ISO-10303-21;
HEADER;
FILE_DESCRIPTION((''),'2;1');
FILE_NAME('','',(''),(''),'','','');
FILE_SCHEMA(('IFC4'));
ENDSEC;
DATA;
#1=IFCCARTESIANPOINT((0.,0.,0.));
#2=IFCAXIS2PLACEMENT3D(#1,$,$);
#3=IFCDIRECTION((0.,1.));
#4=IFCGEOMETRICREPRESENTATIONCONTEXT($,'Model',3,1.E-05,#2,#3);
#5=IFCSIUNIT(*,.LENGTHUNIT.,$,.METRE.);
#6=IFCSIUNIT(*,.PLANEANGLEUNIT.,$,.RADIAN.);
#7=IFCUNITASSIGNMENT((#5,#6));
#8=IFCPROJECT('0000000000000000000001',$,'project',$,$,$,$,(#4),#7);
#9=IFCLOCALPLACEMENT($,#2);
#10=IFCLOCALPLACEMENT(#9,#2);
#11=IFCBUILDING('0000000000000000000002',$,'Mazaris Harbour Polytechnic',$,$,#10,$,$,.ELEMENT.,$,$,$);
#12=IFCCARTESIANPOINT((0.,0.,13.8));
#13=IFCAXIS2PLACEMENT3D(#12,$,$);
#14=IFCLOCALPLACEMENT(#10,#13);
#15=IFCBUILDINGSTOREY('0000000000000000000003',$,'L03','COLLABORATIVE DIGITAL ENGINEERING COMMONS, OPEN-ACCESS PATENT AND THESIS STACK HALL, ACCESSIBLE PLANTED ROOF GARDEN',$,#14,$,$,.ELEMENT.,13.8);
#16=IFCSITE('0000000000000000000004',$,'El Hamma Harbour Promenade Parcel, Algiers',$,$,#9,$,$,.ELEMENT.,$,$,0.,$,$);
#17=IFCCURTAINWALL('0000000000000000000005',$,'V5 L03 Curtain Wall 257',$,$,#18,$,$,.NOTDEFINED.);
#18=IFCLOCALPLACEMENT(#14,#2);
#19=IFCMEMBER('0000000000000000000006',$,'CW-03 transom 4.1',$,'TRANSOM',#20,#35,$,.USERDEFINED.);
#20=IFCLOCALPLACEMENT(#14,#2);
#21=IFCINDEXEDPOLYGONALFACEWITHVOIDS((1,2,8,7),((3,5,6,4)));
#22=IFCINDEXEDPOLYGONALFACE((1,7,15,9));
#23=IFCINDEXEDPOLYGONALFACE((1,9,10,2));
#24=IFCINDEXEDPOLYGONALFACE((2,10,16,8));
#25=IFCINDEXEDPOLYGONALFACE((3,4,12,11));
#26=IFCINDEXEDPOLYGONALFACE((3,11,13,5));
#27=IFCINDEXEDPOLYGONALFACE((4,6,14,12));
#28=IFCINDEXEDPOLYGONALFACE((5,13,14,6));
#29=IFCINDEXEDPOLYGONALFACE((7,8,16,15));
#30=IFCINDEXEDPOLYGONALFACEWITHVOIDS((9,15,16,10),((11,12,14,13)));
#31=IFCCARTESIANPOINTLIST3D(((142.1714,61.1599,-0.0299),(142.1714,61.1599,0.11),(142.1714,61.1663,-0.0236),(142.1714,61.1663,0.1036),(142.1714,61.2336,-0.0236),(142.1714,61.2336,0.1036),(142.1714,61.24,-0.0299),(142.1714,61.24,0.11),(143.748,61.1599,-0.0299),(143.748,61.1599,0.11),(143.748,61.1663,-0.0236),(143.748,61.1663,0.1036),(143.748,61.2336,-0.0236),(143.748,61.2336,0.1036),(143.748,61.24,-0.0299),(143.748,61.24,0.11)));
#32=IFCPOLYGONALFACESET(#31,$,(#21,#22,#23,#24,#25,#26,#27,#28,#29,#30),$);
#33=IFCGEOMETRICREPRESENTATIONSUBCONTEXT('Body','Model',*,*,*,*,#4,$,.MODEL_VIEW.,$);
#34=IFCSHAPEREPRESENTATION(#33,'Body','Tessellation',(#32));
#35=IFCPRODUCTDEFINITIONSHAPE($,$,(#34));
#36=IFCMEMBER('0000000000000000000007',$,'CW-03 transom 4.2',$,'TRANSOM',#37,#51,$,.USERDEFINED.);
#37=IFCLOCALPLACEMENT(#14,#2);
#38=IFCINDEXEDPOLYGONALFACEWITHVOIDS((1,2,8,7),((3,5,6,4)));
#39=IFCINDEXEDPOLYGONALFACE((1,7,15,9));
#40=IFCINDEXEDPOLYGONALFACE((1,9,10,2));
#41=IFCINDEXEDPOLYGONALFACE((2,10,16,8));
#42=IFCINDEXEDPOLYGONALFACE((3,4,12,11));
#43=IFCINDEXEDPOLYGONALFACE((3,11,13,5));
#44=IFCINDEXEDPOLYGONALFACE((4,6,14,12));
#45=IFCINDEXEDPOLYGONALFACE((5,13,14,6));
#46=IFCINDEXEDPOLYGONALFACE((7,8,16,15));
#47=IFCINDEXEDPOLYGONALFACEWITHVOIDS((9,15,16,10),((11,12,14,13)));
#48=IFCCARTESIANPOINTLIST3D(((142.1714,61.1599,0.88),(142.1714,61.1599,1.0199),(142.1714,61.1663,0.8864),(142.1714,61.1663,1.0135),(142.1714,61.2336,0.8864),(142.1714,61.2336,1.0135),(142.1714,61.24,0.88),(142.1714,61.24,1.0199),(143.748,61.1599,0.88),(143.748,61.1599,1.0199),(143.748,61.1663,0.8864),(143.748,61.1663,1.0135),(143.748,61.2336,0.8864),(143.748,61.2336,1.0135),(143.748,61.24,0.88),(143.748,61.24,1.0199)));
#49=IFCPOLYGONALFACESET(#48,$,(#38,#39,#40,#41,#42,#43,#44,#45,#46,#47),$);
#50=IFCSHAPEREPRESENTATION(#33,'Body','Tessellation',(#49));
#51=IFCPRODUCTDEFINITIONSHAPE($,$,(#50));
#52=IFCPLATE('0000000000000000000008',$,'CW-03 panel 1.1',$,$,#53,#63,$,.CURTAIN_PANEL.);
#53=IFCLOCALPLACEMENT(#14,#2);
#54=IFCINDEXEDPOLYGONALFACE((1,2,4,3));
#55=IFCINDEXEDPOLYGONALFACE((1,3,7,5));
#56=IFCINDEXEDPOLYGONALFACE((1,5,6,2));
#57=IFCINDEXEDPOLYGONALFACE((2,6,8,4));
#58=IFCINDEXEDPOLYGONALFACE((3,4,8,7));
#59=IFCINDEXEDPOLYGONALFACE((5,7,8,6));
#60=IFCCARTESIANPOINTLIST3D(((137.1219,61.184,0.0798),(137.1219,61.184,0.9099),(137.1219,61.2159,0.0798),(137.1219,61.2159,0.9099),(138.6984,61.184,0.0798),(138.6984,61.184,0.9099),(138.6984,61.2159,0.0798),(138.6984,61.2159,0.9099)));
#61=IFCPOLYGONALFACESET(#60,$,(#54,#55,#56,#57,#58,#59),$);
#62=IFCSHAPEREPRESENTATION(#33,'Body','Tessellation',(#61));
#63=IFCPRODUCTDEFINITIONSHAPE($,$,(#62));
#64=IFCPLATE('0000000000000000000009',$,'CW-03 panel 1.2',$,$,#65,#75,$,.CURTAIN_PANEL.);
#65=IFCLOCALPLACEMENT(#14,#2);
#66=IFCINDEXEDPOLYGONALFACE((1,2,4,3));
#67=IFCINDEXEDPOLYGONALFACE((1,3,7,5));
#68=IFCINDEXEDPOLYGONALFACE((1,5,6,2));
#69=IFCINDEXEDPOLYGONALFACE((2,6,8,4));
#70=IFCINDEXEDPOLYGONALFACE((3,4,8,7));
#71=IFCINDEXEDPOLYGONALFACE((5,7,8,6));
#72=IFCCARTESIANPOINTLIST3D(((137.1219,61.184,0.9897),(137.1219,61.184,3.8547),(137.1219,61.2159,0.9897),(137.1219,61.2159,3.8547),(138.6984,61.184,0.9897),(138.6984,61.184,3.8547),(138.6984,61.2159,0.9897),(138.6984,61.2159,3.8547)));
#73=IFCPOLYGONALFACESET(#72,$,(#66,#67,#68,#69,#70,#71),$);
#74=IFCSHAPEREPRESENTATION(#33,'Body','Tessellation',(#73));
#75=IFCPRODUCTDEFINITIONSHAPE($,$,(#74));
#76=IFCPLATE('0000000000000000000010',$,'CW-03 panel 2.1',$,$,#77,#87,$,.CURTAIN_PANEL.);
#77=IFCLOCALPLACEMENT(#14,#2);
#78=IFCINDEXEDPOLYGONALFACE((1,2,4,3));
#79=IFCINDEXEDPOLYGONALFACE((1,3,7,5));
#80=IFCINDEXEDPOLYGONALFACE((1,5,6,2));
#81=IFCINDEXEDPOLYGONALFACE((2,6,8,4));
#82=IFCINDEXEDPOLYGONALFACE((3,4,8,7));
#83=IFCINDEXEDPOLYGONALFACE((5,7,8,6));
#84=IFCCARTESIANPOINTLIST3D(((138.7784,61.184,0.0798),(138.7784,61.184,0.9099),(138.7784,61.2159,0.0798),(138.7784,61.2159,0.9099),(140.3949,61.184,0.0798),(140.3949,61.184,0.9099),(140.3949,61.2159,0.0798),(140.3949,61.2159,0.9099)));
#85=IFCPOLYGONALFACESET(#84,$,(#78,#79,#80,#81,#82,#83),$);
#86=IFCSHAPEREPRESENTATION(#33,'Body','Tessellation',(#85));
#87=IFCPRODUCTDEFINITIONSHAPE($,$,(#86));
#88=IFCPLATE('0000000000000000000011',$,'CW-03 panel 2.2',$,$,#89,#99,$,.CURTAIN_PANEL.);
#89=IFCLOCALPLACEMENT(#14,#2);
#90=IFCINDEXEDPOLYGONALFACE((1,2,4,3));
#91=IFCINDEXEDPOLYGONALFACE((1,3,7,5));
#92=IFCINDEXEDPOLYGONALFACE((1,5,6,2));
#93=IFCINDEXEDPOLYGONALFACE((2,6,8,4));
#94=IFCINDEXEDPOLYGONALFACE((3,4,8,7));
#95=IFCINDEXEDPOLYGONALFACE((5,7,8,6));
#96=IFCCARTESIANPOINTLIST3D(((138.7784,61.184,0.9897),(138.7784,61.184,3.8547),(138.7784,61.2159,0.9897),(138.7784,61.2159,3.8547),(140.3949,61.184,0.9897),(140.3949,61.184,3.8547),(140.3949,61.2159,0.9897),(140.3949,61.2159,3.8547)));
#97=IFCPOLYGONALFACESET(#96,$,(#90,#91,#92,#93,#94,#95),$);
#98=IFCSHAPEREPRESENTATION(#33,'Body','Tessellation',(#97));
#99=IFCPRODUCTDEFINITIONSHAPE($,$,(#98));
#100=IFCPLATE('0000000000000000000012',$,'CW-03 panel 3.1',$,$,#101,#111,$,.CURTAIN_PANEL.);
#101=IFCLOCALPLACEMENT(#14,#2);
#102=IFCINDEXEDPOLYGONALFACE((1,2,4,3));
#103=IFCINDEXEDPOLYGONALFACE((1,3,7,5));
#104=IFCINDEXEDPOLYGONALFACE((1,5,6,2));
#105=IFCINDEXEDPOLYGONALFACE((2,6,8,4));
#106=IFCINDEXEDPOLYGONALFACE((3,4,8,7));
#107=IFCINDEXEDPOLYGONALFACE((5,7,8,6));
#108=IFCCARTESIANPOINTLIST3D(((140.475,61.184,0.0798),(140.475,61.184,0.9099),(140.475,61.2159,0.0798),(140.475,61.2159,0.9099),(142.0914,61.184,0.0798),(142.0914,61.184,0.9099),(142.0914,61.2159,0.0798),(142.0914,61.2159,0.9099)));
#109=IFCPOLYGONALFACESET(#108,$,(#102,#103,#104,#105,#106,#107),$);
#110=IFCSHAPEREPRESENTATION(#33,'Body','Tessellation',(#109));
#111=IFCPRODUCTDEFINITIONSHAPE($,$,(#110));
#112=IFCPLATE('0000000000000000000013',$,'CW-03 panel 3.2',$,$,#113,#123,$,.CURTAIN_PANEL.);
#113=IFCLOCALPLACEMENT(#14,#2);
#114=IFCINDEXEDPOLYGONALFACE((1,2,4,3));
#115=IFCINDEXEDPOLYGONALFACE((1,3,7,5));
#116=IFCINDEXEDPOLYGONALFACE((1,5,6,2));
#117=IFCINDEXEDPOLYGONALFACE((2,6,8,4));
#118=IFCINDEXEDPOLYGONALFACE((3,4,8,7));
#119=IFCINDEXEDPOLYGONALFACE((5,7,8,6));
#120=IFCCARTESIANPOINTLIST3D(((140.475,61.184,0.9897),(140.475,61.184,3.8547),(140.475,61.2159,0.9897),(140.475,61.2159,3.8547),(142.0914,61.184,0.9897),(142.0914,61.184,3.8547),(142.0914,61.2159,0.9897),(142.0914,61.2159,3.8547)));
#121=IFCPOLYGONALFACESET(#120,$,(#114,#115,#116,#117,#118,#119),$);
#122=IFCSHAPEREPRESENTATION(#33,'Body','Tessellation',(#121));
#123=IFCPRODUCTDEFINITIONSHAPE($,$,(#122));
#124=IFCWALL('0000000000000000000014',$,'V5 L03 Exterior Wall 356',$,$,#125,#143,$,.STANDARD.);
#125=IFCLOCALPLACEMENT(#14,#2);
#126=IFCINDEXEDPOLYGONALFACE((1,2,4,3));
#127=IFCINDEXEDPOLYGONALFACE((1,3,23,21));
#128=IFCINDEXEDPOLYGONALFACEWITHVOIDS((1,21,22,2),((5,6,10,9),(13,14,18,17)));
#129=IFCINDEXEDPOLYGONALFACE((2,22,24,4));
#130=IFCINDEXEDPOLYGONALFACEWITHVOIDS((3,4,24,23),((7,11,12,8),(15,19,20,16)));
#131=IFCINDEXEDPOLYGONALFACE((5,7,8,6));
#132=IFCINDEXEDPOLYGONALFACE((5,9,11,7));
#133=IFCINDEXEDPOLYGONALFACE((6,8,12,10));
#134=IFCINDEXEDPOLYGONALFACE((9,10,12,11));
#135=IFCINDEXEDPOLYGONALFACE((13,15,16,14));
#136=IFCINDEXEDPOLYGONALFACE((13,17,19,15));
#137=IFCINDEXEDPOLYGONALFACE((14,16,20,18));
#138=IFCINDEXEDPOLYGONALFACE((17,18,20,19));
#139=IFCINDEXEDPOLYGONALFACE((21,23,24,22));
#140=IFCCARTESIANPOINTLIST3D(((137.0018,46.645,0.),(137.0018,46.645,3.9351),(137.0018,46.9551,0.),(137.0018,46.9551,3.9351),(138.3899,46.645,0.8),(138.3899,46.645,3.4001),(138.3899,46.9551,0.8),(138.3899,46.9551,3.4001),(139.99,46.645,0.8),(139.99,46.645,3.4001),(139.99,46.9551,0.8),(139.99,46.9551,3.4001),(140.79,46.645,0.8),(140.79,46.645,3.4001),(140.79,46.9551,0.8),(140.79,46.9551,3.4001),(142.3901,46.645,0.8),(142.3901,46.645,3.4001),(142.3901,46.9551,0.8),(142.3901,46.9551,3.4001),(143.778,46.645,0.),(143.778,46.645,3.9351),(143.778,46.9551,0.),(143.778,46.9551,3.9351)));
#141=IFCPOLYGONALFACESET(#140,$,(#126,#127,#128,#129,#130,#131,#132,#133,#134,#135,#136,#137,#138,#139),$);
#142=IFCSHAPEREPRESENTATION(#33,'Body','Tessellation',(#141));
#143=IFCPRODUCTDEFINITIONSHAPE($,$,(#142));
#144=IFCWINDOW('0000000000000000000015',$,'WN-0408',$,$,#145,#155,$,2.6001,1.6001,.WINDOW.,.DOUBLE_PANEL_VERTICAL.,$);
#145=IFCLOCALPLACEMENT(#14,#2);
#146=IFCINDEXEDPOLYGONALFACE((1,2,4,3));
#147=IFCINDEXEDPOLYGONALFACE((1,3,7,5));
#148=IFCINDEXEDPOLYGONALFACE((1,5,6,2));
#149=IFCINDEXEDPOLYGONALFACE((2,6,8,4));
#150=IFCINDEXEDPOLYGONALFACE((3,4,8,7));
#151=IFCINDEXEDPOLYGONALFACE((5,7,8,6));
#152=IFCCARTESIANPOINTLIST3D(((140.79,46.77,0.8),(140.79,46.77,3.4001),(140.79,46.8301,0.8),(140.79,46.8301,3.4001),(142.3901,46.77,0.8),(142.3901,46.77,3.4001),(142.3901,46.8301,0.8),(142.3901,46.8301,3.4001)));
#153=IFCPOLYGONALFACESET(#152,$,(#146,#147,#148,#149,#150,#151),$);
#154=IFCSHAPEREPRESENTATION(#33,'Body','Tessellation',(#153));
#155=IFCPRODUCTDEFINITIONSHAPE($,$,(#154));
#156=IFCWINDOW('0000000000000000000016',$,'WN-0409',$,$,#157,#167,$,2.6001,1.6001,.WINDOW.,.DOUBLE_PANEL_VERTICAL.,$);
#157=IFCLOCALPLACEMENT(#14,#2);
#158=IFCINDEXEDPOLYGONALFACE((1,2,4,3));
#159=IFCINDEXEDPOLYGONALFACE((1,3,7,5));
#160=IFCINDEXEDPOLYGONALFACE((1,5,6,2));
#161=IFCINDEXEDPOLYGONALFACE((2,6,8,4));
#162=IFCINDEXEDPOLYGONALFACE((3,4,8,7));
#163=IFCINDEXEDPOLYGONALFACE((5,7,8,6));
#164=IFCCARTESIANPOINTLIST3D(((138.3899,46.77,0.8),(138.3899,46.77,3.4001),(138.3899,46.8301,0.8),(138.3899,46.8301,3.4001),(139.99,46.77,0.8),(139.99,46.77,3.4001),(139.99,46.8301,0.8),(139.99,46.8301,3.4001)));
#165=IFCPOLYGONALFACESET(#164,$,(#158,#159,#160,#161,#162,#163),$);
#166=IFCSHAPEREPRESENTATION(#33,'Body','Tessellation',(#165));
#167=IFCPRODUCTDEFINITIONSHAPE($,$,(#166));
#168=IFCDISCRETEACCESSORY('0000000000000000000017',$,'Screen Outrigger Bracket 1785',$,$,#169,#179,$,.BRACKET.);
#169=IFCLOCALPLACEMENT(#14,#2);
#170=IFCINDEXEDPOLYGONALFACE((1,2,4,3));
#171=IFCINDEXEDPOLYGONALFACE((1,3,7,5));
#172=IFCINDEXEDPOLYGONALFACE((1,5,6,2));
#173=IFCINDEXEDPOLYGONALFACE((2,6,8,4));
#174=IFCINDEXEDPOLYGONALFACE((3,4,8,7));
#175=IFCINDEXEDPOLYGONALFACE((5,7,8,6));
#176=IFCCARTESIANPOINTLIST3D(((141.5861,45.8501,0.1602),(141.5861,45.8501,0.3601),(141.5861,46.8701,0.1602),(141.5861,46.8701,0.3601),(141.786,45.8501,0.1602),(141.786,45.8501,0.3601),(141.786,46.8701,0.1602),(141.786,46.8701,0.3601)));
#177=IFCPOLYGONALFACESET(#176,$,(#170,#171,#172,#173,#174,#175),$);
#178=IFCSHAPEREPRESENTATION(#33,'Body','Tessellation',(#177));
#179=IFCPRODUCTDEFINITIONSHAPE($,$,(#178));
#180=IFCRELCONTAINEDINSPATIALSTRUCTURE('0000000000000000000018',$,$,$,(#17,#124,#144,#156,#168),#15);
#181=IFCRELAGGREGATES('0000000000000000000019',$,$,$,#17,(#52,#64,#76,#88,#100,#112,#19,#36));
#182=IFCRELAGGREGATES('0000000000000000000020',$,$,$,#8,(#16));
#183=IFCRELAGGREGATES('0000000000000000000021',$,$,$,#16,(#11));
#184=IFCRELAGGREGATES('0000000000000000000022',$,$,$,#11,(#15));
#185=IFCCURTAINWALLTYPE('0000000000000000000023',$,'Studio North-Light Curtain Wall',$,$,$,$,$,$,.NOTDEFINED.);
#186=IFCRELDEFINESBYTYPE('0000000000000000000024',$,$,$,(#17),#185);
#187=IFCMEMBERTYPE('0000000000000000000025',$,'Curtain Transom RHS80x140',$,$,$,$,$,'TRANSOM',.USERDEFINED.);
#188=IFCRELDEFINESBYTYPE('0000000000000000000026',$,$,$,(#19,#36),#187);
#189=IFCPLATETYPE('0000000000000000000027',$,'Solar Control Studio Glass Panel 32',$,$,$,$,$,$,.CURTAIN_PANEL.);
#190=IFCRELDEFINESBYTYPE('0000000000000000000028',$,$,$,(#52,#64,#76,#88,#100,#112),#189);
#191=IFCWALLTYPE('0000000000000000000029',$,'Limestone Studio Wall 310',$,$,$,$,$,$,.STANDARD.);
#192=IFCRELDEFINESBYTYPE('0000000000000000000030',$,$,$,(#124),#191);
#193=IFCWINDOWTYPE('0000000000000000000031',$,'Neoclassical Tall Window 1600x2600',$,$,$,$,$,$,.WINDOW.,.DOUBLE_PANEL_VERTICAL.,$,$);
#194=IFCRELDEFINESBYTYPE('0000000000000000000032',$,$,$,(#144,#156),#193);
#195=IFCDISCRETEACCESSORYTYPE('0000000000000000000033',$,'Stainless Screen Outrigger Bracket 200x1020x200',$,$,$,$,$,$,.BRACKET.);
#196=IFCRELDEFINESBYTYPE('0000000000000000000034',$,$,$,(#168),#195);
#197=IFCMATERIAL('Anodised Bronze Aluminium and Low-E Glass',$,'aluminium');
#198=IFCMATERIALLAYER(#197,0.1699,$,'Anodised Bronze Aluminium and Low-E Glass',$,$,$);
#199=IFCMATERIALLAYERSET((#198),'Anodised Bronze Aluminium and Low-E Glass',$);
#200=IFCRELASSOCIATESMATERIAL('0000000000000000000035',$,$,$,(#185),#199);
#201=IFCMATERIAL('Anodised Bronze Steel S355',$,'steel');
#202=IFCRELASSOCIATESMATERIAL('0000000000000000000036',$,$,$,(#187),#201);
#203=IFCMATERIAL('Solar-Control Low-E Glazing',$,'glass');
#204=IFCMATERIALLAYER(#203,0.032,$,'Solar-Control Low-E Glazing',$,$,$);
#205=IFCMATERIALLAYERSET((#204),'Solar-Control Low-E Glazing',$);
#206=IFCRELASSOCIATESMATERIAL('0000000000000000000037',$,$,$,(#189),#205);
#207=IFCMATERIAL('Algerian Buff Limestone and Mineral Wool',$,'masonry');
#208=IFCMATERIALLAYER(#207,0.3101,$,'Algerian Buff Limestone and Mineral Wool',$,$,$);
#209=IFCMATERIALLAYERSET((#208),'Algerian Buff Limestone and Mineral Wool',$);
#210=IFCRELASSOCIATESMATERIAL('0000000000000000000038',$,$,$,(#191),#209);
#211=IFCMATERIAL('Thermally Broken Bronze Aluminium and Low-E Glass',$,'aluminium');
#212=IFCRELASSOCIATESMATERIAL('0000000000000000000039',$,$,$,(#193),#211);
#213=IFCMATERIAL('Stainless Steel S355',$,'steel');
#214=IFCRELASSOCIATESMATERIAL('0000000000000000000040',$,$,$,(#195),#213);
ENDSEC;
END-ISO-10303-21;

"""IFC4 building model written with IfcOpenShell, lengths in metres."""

from ifc_helpers import new_model, si_unit, direction, frame, frame_2d, origin, origin_2d, place, context, subcontext, project, spatial, rectangle, hollow_rectangle, extrude, material, layer, layer_set, material_profile, profile_set, type_object, element, fill, aggregate, save


model = new_model("IFC4")

# Units and contexts
model_context = context("Model", 3, precision=1e-05, world=origin(), true_north=direction((0.0, 1.0)))
body_context = subcontext(model_context, "Body", "Model", "MODEL_VIEW")
ifc_project = project(units=[si_unit("LENGTHUNIT", "METRE"), si_unit("PLANEANGLEUNIT", "RADIAN")], contexts=[model_context])

# Site, building, storey
site_placement = place(None, origin())
site = spatial("IfcSite", under=ifc_project, at=site_placement, Name="El Hamma Harbour Promenade Parcel, Algiers", CompositionType="ELEMENT", RefElevation=0.0)
building_placement = place(site_placement, origin())
building = spatial("IfcBuilding", under=site, at=building_placement, Name="Mazaris Harbour Polytechnic", CompositionType="ELEMENT")
storey_placement = place(building_placement, frame((0.0, 0.0, 13.8)))
storey = spatial("IfcBuildingStorey", under=building, at=storey_placement, Name="L03", Description="COLLABORATIVE DIGITAL ENGINEERING COMMONS, OPEN-ACCESS PATENT AND THESIS STACK HALL, ACCESSIBLE PLANTED ROOF GARDEN", CompositionType="ELEMENT", Elevation=13.8)

# Curtain wall, members, plates
ifc_material_1 = material(Name="Anodised Bronze Aluminium and Low-E Glass", Category="aluminium")
ifc_layer_1 = layer(ifc_material_1, 0.1699, Name="Anodised Bronze Aluminium and Low-E Glass")
ifc_layer_set_1 = layer_set([ifc_layer_1], Name="Anodised Bronze Aluminium and Low-E Glass")
curtain_wall_type = type_object("IfcCurtainWallType", Name="Studio North-Light Curtain Wall", PredefinedType="NOTDEFINED", material=ifc_layer_set_1)
curtain_wall_placement = place(storey_placement, origin())
curtain_wall = element("IfcCurtainWall", 1, at=curtain_wall_placement, inside=storey, type_object=curtain_wall_type, Name="V5 L03 Curtain Wall 257", PredefinedType="NOTDEFINED")
ifc_material_2 = material(Name="Anodised Bronze Steel S355", Category="steel")
ifc_material_profile_1 = material_profile(ifc_material_2, hollow_rectangle(XDim=0.0801, YDim=0.1399, WallThickness=0.0063, at=origin_2d()), Name="RHS 80x140x6.3")
ifc_profile_set_1 = profile_set([ifc_material_profile_1], Name="Anodised Bronze Steel S355")
member_type_1 = type_object("IfcMemberType", Name="Curtain Transom RHS80x140", ElementType="TRANSOM", PredefinedType="USERDEFINED", material=ifc_profile_set_1)
member_1_placement = place(storey_placement, frame((142.1714, 61.2, 0.04), z_axis=(1.0, 0.0, 0.0), x_axis=(0.0, 1.0, 0.0)))
member_1 = element("IfcMember", 2, at=member_1_placement, type_object=member_type_1, Name="CW-03 transom 4.1", ObjectType="TRANSOM", PredefinedType="USERDEFINED", context=body_context, shape_type="SweptSolid", body=[
    extrude(hollow_rectangle(XDim=0.0801, YDim=0.1399, WallThickness=0.0063, at=origin_2d()), origin(), (0.0, 0.0, 1.0), 1.5767),
])
member_2_placement = place(storey_placement, frame((142.1714, 61.2, 0.95), z_axis=(1.0, 0.0, 0.0), x_axis=(0.0, 1.0, 0.0)))
member_2 = element("IfcMember", 3, at=member_2_placement, type_object=member_type_1, Name="CW-03 transom 4.2", ObjectType="TRANSOM", PredefinedType="USERDEFINED", context=body_context, shape_type="SweptSolid", body=[
    extrude(hollow_rectangle(XDim=0.0801, YDim=0.1399, WallThickness=0.0063, at=origin_2d()), origin(), (0.0, 0.0, 1.0), 1.5767),
])
ifc_material_3 = material(Name="Solar-Control Low-E Glazing", Category="glass")
ifc_layer_2 = layer(ifc_material_3, 0.032, Name="Solar-Control Low-E Glazing")
ifc_layer_set_2 = layer_set([ifc_layer_2], Name="Solar-Control Low-E Glazing")
plate_type = type_object("IfcPlateType", Name="Solar Control Studio Glass Panel 32", PredefinedType="CURTAIN_PANEL", material=ifc_layer_set_2)
plate_1_placement = place(storey_placement, frame((137.9102, 61.2, 0.0798), z_axis=(0.0, 0.0, 1.0), x_axis=(1.0, 0.0, 0.0)))
plate_1 = element("IfcPlate", 4, at=plate_1_placement, type_object=plate_type, Name="CW-03 panel 1.1", PredefinedType="CURTAIN_PANEL", context=body_context, shape_type="SweptSolid", body=[
    extrude(rectangle(XDim=1.5764, YDim=0.032, at=origin_2d()), origin(), (0.0, 0.0, 1.0), 0.8301),
])
plate_2_placement = place(storey_placement, frame((137.9102, 61.2, 0.9897), z_axis=(0.0, 0.0, 1.0), x_axis=(1.0, 0.0, 0.0)))
plate_2 = element("IfcPlate", 5, at=plate_2_placement, type_object=plate_type, Name="CW-03 panel 1.2", PredefinedType="CURTAIN_PANEL", context=body_context, shape_type="SweptSolid", body=[
    extrude(rectangle(XDim=1.5764, YDim=0.032, at=origin_2d()), origin(), (0.0, 0.0, 1.0), 2.865),
])
plate_3_placement = place(storey_placement, frame((139.5867, 61.2, 0.0798), z_axis=(0.0, 0.0, 1.0), x_axis=(1.0, 0.0, 0.0)))
plate_3 = element("IfcPlate", 6, at=plate_3_placement, type_object=plate_type, Name="CW-03 panel 2.1", PredefinedType="CURTAIN_PANEL", context=body_context, shape_type="SweptSolid", body=[
    extrude(rectangle(XDim=1.6165, YDim=0.032, at=origin_2d()), origin(), (0.0, 0.0, 1.0), 0.8301),
])
plate_4_placement = place(storey_placement, frame((139.5867, 61.2, 0.9897), z_axis=(0.0, 0.0, 1.0), x_axis=(1.0, 0.0, 0.0)))
plate_4 = element("IfcPlate", 7, at=plate_4_placement, type_object=plate_type, Name="CW-03 panel 2.2", PredefinedType="CURTAIN_PANEL", context=body_context, shape_type="SweptSolid", body=[
    extrude(rectangle(XDim=1.6165, YDim=0.032, at=origin_2d()), origin(), (0.0, 0.0, 1.0), 2.865),
])
plate_5_placement = place(storey_placement, frame((141.2832, 61.2, 0.0798), z_axis=(0.0, 0.0, 1.0), x_axis=(1.0, 0.0, 0.0)))
plate_5 = element("IfcPlate", 8, at=plate_5_placement, type_object=plate_type, Name="CW-03 panel 3.1", PredefinedType="CURTAIN_PANEL", context=body_context, shape_type="SweptSolid", body=[
    extrude(rectangle(XDim=1.6165, YDim=0.032, at=origin_2d()), origin(), (0.0, 0.0, 1.0), 0.8301),
])
plate_6_placement = place(storey_placement, frame((141.2832, 61.2, 0.9897), z_axis=(0.0, 0.0, 1.0), x_axis=(1.0, 0.0, 0.0)))
plate_6 = element("IfcPlate", 9, at=plate_6_placement, type_object=plate_type, Name="CW-03 panel 3.2", PredefinedType="CURTAIN_PANEL", context=body_context, shape_type="SweptSolid", body=[
    extrude(rectangle(XDim=1.6165, YDim=0.032, at=origin_2d()), origin(), (0.0, 0.0, 1.0), 2.865),
])
aggregate(curtain_wall, [plate_1, plate_2, plate_3, plate_4, plate_5, plate_6, member_1, member_2])

# Wall, openings, windows
ifc_material_4 = material(Name="Algerian Buff Limestone and Mineral Wool", Category="masonry")
ifc_layer_3 = layer(ifc_material_4, 0.3101, Name="Algerian Buff Limestone and Mineral Wool")
ifc_layer_set_3 = layer_set([ifc_layer_3], Name="Algerian Buff Limestone and Mineral Wool")
wall_type = type_object("IfcWallType", Name="Limestone Studio Wall 310", PredefinedType="STANDARD", material=ifc_layer_set_3)
wall_placement = place(storey_placement, frame((143.7781, 46.8, 0.0), z_axis=(0.0, 0.0, 1.0), x_axis=(-1.0, 0.0, 0.0)))
wall = element("IfcWall", 10, at=wall_placement, inside=storey, type_object=wall_type, Name="V5 L03 Exterior Wall 356", PredefinedType="STANDARD", context=body_context, shape_type="SweptSolid", body=[
    extrude(rectangle(XDim=6.7761, YDim=0.3101, at=frame_2d((3.3882, 0.0))), origin(), (0.0, 0.0, 1.0), 3.9351),
])
opening_1_placement = place(wall_placement, frame((1.3879, 0.0, 0.8)))
opening_1 = element("IfcOpeningElement", 11, at=opening_1_placement, cuts=wall, PredefinedType="OPENING", context=body_context, shape_type="SweptSolid", body=[
    extrude(rectangle(XDim=1.6001, YDim=2.6001, at=frame_2d((0.8, 1.3))), frame((0.0, 0.165, 0.0), z_axis=(0.0, -1.0, 0.0), x_axis=(1.0, 0.0, 0.0)), (0.0, 0.0, 1.0), 0.3301),
])
opening_2_placement = place(wall_placement, frame((3.7881, 0.0, 0.8)))
opening_2 = element("IfcOpeningElement", 12, at=opening_2_placement, cuts=wall, PredefinedType="OPENING", context=body_context, shape_type="SweptSolid", body=[
    extrude(rectangle(XDim=1.6001, YDim=2.6001, at=frame_2d((0.8, 1.3))), frame((0.0, 0.165, 0.0), z_axis=(0.0, -1.0, 0.0), x_axis=(1.0, 0.0, 0.0)), (0.0, 0.0, 1.0), 0.3301),
])
ifc_material_5 = material(Name="Thermally Broken Bronze Aluminium and Low-E Glass", Category="aluminium")
window_type = type_object("IfcWindowType", Name="Neoclassical Tall Window 1600x2600", PartitioningType="DOUBLE_PANEL_VERTICAL", PredefinedType="WINDOW", material=ifc_material_5)
window_1_placement = place(opening_1_placement, origin())
window_1 = element("IfcWindow", 13, at=window_1_placement, inside=storey, type_object=window_type, Name="WN-0408", OverallHeight=2.6001, OverallWidth=1.6001, PartitioningType="DOUBLE_PANEL_VERTICAL", PredefinedType="WINDOW", context=body_context, shape_type="SweptSolid", body=[
    extrude(rectangle(XDim=1.6001, YDim=2.6001, at=frame_2d((0.8, 1.3))), frame((0.0, 0.03, 0.0), z_axis=(0.0, -1.0, 0.0), x_axis=(1.0, 0.0, 0.0)), (0.0, 0.0, 1.0), 0.0601),
])
fill(opening_1, window_1)
window_2_placement = place(opening_2_placement, origin())
window_2 = element("IfcWindow", 14, at=window_2_placement, inside=storey, type_object=window_type, Name="WN-0409", OverallHeight=2.6001, OverallWidth=1.6001, PartitioningType="DOUBLE_PANEL_VERTICAL", PredefinedType="WINDOW", context=body_context, shape_type="SweptSolid", body=[
    extrude(rectangle(XDim=1.6001, YDim=2.6001, at=frame_2d((0.8, 1.3))), frame((0.0, 0.03, 0.0), z_axis=(0.0, -1.0, 0.0), x_axis=(1.0, 0.0, 0.0)), (0.0, 0.0, 1.0), 0.0601),
])
fill(opening_2, window_2)

# Discrete accessory
ifc_material_6 = material(Name="Stainless Steel S355", Category="steel")
discrete_accessory_type = type_object("IfcDiscreteAccessoryType", Name="Stainless Screen Outrigger Bracket 200x1020x200", PredefinedType="BRACKET", material=ifc_material_6)
for number, where, z_axis, x_axis, name in (
    (15, (141.686, 46.3601, 0.1602), (0.0, 0.0, 1.0), (-1.0, 0.0, 0.0), "Screen Outrigger Bracket 1785"),
):
    element("IfcDiscreteAccessory", number, at=place(storey_placement, frame(where, z_axis=z_axis, x_axis=x_axis)), inside=storey, type_object=discrete_accessory_type, Name=name, PredefinedType="BRACKET", context=body_context, shape_type="SweptSolid", body=[
        extrude(rectangle(XDim=0.2, YDim=1.02, at=origin_2d()), origin(), (0.0, 0.0, 1.0), 0.2),
    ])

save(model, "model.ifc")
